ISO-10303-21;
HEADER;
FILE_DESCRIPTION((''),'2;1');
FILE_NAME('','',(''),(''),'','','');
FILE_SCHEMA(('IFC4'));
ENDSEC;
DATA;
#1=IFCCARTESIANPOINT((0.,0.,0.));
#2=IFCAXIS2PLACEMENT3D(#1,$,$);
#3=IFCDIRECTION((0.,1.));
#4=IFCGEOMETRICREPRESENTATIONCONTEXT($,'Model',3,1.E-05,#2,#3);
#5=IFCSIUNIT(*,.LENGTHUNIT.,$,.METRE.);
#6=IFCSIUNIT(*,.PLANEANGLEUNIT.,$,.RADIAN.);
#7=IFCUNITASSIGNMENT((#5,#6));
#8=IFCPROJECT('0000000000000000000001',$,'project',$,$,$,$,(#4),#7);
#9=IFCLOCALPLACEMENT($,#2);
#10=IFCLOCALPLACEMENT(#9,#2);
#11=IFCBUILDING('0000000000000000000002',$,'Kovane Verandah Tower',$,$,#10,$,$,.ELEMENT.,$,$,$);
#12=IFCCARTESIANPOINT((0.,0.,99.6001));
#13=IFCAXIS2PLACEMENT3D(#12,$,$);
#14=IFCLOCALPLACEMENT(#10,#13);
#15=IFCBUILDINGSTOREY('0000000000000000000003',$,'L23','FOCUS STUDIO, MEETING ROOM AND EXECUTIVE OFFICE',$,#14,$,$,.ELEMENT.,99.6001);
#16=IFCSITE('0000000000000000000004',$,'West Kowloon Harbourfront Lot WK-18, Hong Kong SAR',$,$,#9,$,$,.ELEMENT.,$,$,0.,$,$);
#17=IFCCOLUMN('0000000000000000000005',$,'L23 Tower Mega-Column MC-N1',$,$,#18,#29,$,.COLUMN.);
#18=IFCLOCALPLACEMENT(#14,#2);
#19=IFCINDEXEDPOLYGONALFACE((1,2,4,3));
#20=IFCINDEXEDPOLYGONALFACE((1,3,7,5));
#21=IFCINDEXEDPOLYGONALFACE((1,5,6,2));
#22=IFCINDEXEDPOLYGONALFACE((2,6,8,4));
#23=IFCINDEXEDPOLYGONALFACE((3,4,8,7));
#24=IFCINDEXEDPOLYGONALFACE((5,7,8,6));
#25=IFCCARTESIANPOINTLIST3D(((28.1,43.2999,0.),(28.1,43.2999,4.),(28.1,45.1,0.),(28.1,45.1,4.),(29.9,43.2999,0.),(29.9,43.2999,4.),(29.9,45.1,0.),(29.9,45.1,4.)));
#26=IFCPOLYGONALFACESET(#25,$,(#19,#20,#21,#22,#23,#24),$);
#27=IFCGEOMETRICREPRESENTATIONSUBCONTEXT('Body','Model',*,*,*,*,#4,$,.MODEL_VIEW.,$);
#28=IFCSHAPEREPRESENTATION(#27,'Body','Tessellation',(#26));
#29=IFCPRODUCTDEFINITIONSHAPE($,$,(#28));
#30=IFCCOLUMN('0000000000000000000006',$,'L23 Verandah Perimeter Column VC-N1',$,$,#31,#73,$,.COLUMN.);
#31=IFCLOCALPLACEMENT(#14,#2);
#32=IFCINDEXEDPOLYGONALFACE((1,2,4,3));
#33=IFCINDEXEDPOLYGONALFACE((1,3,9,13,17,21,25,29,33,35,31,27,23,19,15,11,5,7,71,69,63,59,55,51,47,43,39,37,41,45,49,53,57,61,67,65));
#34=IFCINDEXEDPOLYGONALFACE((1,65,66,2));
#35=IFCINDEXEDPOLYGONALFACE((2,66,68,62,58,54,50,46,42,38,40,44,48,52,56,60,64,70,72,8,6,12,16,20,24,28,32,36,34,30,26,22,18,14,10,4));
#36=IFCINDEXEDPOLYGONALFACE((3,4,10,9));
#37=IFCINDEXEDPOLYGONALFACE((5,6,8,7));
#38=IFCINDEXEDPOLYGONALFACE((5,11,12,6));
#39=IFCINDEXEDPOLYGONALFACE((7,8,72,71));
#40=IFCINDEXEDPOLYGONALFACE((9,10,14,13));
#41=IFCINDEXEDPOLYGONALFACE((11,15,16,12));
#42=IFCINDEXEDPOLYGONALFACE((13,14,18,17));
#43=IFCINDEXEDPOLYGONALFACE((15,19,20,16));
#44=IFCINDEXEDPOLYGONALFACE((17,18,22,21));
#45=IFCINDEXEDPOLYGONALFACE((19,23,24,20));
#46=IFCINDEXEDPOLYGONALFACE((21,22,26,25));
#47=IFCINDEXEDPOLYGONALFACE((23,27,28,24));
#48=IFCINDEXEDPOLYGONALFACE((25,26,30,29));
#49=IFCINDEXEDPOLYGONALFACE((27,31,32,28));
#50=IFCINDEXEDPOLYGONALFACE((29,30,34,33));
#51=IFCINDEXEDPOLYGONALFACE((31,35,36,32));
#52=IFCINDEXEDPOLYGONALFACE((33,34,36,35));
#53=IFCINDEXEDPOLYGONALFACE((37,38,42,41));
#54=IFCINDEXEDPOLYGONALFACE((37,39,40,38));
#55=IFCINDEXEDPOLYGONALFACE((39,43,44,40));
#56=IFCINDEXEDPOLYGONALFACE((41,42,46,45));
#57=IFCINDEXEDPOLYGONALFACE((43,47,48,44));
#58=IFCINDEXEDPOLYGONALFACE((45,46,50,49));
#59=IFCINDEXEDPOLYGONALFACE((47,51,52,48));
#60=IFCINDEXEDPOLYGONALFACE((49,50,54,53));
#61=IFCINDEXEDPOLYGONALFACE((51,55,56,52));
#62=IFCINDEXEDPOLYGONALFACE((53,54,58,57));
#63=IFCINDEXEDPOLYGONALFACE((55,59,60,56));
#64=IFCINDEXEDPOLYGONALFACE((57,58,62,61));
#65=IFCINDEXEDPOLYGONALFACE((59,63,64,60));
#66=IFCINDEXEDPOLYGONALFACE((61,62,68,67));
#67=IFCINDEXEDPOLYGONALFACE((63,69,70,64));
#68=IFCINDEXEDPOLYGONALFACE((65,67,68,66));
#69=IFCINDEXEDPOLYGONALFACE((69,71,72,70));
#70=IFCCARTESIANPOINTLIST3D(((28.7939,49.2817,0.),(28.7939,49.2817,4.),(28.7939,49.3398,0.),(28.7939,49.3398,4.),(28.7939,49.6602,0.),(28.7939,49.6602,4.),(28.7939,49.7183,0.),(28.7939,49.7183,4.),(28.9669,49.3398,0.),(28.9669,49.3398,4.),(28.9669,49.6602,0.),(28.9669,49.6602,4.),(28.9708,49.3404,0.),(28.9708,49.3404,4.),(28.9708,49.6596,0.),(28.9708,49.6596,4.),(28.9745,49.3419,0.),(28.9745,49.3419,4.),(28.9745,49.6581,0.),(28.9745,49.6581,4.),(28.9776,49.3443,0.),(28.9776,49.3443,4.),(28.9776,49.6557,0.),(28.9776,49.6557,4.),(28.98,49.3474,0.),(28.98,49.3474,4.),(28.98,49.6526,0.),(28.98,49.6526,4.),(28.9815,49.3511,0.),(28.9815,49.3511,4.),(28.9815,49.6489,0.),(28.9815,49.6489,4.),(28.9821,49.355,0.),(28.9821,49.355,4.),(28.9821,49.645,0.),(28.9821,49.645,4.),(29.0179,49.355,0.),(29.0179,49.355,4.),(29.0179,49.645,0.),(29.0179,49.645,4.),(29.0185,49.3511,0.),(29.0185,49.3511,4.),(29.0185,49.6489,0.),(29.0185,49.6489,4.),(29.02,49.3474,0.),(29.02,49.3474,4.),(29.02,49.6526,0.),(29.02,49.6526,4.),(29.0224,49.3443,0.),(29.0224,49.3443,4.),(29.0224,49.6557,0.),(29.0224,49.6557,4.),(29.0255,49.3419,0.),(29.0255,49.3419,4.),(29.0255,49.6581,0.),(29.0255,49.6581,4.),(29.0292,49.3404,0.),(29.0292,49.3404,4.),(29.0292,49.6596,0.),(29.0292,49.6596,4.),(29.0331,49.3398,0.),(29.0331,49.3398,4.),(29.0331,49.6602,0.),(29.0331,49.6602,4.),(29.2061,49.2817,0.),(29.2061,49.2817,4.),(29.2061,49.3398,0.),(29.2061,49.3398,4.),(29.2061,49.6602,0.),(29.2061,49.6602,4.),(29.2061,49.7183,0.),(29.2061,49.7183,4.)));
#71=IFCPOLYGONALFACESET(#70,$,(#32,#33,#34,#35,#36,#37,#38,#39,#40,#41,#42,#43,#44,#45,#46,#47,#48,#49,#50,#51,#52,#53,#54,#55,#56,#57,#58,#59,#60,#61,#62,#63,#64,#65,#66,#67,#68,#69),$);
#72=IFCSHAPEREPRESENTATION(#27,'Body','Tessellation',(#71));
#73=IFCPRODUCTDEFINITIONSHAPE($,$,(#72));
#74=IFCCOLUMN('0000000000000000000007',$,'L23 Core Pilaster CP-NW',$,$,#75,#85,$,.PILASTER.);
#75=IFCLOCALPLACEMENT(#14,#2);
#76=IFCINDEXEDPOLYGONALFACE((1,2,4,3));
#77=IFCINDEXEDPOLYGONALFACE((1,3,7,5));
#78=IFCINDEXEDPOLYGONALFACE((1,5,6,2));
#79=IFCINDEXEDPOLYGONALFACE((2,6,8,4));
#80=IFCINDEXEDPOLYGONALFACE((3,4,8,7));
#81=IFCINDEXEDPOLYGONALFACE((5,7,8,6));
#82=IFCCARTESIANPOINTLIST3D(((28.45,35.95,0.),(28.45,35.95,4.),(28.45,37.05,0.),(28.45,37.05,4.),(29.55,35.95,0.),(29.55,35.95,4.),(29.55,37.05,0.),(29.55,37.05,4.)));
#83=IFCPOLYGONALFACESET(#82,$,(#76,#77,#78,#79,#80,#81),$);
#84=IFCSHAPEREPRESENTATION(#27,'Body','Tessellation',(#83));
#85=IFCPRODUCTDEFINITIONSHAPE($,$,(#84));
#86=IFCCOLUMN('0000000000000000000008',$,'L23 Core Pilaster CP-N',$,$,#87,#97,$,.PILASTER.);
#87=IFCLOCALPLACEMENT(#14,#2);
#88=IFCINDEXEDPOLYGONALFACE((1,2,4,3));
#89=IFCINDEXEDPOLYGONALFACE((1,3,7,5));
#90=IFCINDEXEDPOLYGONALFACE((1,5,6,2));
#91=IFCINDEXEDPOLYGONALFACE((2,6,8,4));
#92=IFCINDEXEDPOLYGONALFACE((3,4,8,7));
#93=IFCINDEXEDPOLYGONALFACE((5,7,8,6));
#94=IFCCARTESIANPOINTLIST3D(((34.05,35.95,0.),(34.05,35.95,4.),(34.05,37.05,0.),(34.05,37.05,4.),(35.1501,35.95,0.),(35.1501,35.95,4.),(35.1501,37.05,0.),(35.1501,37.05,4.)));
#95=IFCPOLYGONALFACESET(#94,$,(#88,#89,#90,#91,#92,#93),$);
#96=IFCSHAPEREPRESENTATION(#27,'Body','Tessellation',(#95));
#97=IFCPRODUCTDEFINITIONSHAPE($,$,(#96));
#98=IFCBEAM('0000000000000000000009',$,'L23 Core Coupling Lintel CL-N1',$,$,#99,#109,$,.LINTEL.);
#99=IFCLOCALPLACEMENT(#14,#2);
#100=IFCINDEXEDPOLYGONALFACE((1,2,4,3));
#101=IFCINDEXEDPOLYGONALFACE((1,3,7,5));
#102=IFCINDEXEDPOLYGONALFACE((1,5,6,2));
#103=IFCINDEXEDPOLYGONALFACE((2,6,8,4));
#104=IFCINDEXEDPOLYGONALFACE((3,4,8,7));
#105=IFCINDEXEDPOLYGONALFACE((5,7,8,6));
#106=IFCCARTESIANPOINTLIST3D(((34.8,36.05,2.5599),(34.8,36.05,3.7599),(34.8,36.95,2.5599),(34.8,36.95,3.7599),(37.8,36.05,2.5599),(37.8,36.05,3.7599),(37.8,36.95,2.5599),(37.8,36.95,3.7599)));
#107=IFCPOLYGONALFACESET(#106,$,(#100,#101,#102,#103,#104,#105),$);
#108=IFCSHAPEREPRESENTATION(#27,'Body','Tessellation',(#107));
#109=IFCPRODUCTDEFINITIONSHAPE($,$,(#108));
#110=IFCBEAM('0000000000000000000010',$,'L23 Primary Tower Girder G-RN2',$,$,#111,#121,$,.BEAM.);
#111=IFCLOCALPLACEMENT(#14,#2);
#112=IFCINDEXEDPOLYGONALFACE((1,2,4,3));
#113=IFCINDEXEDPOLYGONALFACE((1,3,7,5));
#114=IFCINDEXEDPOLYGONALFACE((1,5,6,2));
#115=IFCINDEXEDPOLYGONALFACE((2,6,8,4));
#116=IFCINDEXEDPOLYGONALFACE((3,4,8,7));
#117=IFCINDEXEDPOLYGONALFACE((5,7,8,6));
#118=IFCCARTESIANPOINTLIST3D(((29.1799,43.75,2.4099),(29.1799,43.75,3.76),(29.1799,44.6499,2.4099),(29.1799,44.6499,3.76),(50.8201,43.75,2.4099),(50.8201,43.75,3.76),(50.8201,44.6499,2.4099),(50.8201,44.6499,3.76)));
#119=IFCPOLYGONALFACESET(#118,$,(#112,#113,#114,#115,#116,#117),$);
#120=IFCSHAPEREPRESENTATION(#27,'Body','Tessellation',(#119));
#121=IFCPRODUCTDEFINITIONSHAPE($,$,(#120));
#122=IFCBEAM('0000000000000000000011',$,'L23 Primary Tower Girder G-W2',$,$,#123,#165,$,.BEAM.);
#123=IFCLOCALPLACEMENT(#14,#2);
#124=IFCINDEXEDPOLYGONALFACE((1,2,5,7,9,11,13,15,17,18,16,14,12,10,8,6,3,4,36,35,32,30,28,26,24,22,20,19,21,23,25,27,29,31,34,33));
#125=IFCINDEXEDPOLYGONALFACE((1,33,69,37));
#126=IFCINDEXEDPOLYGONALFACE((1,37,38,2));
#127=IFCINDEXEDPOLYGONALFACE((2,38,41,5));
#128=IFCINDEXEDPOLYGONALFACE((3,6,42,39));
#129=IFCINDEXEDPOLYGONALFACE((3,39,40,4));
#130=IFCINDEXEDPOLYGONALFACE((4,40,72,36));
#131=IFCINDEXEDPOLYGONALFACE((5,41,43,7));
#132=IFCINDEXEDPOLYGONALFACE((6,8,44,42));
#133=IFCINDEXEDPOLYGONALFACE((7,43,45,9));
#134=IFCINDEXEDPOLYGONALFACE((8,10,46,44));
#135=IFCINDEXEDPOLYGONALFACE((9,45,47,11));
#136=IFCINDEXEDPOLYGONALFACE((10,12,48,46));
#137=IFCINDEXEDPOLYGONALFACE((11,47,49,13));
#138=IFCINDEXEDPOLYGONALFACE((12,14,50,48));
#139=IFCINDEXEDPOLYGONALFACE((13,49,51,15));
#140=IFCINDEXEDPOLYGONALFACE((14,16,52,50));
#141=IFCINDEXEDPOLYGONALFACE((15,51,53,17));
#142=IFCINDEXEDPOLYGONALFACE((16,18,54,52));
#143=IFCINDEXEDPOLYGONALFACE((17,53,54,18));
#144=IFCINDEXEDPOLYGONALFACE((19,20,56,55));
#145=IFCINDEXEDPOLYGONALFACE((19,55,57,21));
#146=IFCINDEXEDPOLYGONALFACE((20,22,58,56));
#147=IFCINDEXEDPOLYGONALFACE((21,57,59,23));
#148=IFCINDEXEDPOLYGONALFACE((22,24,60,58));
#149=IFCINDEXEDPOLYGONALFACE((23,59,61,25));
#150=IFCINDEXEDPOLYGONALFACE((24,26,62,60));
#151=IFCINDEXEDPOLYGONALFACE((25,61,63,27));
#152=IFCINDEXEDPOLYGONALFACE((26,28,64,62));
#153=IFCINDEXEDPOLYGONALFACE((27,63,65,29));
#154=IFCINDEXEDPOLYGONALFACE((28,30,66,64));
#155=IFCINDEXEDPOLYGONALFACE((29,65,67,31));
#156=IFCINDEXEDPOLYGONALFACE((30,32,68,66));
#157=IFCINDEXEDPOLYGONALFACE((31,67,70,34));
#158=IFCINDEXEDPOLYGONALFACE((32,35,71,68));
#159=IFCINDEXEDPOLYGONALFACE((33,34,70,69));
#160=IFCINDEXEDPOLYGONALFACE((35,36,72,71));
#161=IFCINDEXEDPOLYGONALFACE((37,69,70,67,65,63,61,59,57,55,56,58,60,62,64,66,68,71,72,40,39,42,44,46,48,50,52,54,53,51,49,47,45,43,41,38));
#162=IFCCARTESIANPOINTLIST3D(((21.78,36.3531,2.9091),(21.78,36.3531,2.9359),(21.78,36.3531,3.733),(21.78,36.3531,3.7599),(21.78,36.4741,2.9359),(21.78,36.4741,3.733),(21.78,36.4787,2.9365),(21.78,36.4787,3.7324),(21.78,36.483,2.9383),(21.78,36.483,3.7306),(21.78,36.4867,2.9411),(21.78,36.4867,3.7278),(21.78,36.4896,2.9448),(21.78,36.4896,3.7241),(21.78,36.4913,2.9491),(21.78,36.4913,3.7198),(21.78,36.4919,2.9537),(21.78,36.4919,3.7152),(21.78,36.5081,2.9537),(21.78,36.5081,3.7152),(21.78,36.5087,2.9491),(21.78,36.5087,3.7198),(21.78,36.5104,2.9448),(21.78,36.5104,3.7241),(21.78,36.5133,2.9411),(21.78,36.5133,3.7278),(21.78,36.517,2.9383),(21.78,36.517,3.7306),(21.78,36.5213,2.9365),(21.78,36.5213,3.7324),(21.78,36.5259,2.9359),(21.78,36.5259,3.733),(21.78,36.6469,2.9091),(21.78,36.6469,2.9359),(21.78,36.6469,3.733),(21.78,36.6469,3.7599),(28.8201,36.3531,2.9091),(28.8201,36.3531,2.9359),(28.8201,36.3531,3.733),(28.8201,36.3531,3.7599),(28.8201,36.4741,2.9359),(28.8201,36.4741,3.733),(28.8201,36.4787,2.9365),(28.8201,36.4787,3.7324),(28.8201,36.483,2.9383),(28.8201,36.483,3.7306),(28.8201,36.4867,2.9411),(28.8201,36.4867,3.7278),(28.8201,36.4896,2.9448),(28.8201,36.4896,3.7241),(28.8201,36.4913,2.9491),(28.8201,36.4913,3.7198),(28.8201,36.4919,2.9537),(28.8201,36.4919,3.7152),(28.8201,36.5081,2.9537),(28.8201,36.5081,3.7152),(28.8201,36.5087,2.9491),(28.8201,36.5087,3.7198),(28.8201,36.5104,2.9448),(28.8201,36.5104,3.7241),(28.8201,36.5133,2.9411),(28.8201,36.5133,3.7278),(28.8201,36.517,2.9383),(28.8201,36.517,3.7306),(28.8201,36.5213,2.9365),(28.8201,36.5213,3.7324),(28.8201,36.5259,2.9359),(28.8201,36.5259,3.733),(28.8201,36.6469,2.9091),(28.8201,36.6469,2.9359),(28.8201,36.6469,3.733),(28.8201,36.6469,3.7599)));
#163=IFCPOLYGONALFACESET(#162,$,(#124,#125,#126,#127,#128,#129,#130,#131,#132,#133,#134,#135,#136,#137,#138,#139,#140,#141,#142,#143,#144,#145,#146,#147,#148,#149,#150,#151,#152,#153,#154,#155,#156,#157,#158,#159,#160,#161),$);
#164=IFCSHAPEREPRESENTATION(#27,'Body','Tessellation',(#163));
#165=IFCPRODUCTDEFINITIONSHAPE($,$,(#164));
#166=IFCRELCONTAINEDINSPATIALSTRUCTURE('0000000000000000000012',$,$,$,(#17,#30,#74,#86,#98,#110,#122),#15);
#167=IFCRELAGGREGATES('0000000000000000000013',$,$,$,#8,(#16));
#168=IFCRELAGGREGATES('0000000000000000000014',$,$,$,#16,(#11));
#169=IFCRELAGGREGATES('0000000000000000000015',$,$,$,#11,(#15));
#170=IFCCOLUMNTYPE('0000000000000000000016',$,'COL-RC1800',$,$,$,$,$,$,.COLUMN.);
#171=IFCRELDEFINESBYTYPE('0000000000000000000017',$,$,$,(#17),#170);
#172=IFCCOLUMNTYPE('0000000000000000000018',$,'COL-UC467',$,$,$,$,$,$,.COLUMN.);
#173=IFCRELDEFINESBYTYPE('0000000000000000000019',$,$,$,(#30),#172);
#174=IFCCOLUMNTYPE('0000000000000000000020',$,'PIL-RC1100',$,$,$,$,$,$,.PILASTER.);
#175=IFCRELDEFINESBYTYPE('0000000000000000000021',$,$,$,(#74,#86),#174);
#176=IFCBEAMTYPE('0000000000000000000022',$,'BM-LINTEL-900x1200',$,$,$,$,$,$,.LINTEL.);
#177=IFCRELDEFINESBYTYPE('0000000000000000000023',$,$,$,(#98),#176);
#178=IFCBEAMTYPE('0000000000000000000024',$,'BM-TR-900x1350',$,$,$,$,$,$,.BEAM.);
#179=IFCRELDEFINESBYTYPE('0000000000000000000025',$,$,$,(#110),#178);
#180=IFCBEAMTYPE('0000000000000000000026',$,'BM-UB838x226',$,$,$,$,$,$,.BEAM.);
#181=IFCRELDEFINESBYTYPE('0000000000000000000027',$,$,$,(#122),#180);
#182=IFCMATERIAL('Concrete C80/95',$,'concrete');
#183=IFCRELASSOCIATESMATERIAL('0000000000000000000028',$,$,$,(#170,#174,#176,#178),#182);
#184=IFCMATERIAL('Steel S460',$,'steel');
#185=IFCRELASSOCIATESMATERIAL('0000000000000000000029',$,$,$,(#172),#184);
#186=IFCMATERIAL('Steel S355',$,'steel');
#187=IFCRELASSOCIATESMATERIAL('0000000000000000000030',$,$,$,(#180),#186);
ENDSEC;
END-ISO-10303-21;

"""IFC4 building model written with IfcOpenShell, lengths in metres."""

from ifc_helpers import new_model, si_unit, direction, frame, origin, origin_2d, place, context, subcontext, project, spatial, rectangle, i_section, extrude, material, material_profile, profile_set, type_object, element, save


model = new_model("IFC4")

# Units and contexts
model_context = context("Model", 3, precision=1e-05, world=origin(), true_north=direction((0.0, 1.0)))
body_context = subcontext(model_context, "Body", "Model", "MODEL_VIEW")
ifc_project = project(units=[si_unit("LENGTHUNIT", "METRE"), si_unit("PLANEANGLEUNIT", "RADIAN")], contexts=[model_context])

# Site, building, storey
site_placement = place(None, origin())
site = spatial("IfcSite", under=ifc_project, at=site_placement, Name="West Kowloon Harbourfront Lot WK-18, Hong Kong SAR", CompositionType="ELEMENT", RefElevation=0.0)
building_placement = place(site_placement, origin())
building = spatial("IfcBuilding", under=site, at=building_placement, Name="Kovane Verandah Tower", CompositionType="ELEMENT")
storey_placement = place(building_placement, frame((0.0, 0.0, 99.6001)))
storey = spatial("IfcBuildingStorey", under=building, at=storey_placement, Name="L23", Description="FOCUS STUDIO, MEETING ROOM AND EXECUTIVE OFFICE", CompositionType="ELEMENT", Elevation=99.6001)

# Columns
ifc_material_1 = material(Name="Concrete C80/95", Category="concrete")
ifc_material_profile_1 = material_profile(ifc_material_1, rectangle(XDim=1.8, YDim=1.8, at=origin_2d()), Name="RC1800x1800")
ifc_profile_set_1 = profile_set([ifc_material_profile_1], Name="Concrete C80/95")
column_type_1 = type_object("IfcColumnType", Name="COL-RC1800", PredefinedType="COLUMN", material=ifc_profile_set_1)
column_1_placement = place(storey_placement, frame((29.0, 44.2, 0.0), z_axis=(0.0, 0.0, 1.0), x_axis=(1.0, 0.0, 0.0)))
element("IfcColumn", 1, at=column_1_placement, inside=storey, type_object=column_type_1, Name="L23 Tower Mega-Column MC-N1", PredefinedType="COLUMN", context=body_context, shape_type="SweptSolid", body=[
    extrude(rectangle(XDim=1.8, YDim=1.8, at=origin_2d()), origin(), (0.0, 0.0, 1.0), 4.0),
])
ifc_material_2 = material(Name="Steel S460", Category="steel")
ifc_material_profile_2 = material_profile(ifc_material_2, i_section(OverallWidth=0.4121, OverallDepth=0.4365, WebThickness=0.0359, FlangeThickness=0.0581, FilletRadius=0.0151, at=origin_2d()), Name="UC356x406x467")
ifc_profile_set_2 = profile_set([ifc_material_profile_2], Name="Steel S460")
column_type_2 = type_object("IfcColumnType", Name="COL-UC467", PredefinedType="COLUMN", material=ifc_profile_set_2)
column_2_placement = place(storey_placement, frame((29.0, 49.5, 0.0), z_axis=(0.0, 0.0, 1.0), x_axis=(1.0, 0.0, 0.0)))
element("IfcColumn", 2, at=column_2_placement, inside=storey, type_object=column_type_2, Name="L23 Verandah Perimeter Column VC-N1", PredefinedType="COLUMN", context=body_context, shape_type="SweptSolid", body=[
    extrude(i_section(OverallWidth=0.4121, OverallDepth=0.4365, WebThickness=0.0359, FlangeThickness=0.0581, FilletRadius=0.0151, at=origin_2d()), origin(), (0.0, 0.0, 1.0), 4.0),
])
ifc_material_profile_3 = material_profile(ifc_material_1, rectangle(XDim=1.1001, YDim=1.1001, at=origin_2d()), Name="RC1100x1100")
ifc_profile_set_3 = profile_set([ifc_material_profile_3], Name="Concrete C80/95")
column_type_3 = type_object("IfcColumnType", Name="PIL-RC1100", PredefinedType="PILASTER", material=ifc_profile_set_3)
for number, where, z_axis, x_axis, name in (
    (3, (29.0, 36.5, 0.0), (0.0, 0.0, 1.0), (1.0, 0.0, 0.0), "L23 Core Pilaster CP-NW"),
    (4, (34.6001, 36.5, 0.0), (0.0, 0.0, 1.0), (1.0, 0.0, 0.0), "L23 Core Pilaster CP-N"),
):
    element("IfcColumn", number, at=place(storey_placement, frame(where, z_axis=z_axis, x_axis=x_axis)), inside=storey, type_object=column_type_3, Name=name, PredefinedType="PILASTER", context=body_context, shape_type="SweptSolid", body=[
        extrude(rectangle(XDim=1.1001, YDim=1.1001, at=origin_2d()), origin(), (0.0, 0.0, 1.0), 4.0),
    ])

# Beams
ifc_material_profile_4 = material_profile(ifc_material_1, rectangle(XDim=0.8999, YDim=1.2, at=origin_2d()), Name="RCB900x1200")
ifc_profile_set_4 = profile_set([ifc_material_profile_4], Name="Concrete C80/95")
beam_type_1 = type_object("IfcBeamType", Name="BM-LINTEL-900x1200", PredefinedType="LINTEL", material=ifc_profile_set_4)
beam_1_placement = place(storey_placement, frame((34.8, 36.5, 3.1599), z_axis=(1.0, 0.0, 0.0), x_axis=(0.0, 1.0, 0.0)))
element("IfcBeam", 5, at=beam_1_placement, inside=storey, type_object=beam_type_1, Name="L23 Core Coupling Lintel CL-N1", PredefinedType="LINTEL", context=body_context, shape_type="SweptSolid", body=[
    extrude(rectangle(XDim=0.8999, YDim=1.2, at=origin_2d()), origin(), (0.0, 0.0, 1.0), 3.0),
])
ifc_material_profile_5 = material_profile(ifc_material_1, rectangle(XDim=0.8999, YDim=1.3501, at=origin_2d()), Name="RCB900x1350")
ifc_profile_set_5 = profile_set([ifc_material_profile_5], Name="Concrete C80/95")
beam_type_2 = type_object("IfcBeamType", Name="BM-TR-900x1350", PredefinedType="BEAM", material=ifc_profile_set_5)
beam_2_placement = place(storey_placement, frame((29.1799, 44.2, 3.085), z_axis=(1.0, 0.0, 0.0), x_axis=(0.0, 1.0, 0.0)))
element("IfcBeam", 6, at=beam_2_placement, inside=storey, type_object=beam_type_2, Name="L23 Primary Tower Girder G-RN2", PredefinedType="BEAM", context=body_context, shape_type="SweptSolid", body=[
    extrude(rectangle(XDim=0.8999, YDim=1.3501, at=origin_2d()), origin(), (0.0, 0.0, 1.0), 21.6401),
])
ifc_material_3 = material(Name="Steel S355", Category="steel")
ifc_material_profile_6 = material_profile(ifc_material_3, i_section(OverallWidth=0.2937, OverallDepth=0.8508, WebThickness=0.0161, FlangeThickness=0.0269, FilletRadius=0.0178, at=origin_2d()), Name="UB838x292x226")
ifc_profile_set_6 = profile_set([ifc_material_profile_6], Name="Steel S355")
beam_type_3 = type_object("IfcBeamType", Name="BM-UB838x226", PredefinedType="BEAM", material=ifc_profile_set_6)
beam_3_placement = place(storey_placement, frame((28.8201, 36.5, 3.3345), z_axis=(-1.0, 0.0, 0.0), x_axis=(0.0, -1.0, 0.0)))
element("IfcBeam", 7, at=beam_3_placement, inside=storey, type_object=beam_type_3, Name="L23 Primary Tower Girder G-W2", PredefinedType="BEAM", context=body_context, shape_type="SweptSolid", body=[
    extrude(i_section(OverallWidth=0.2937, OverallDepth=0.8508, WebThickness=0.0161, FlangeThickness=0.0269, FilletRadius=0.0178, at=origin_2d()), origin(), (0.0, 0.0, 1.0), 7.04),
])

save(model, "model.ifc")
